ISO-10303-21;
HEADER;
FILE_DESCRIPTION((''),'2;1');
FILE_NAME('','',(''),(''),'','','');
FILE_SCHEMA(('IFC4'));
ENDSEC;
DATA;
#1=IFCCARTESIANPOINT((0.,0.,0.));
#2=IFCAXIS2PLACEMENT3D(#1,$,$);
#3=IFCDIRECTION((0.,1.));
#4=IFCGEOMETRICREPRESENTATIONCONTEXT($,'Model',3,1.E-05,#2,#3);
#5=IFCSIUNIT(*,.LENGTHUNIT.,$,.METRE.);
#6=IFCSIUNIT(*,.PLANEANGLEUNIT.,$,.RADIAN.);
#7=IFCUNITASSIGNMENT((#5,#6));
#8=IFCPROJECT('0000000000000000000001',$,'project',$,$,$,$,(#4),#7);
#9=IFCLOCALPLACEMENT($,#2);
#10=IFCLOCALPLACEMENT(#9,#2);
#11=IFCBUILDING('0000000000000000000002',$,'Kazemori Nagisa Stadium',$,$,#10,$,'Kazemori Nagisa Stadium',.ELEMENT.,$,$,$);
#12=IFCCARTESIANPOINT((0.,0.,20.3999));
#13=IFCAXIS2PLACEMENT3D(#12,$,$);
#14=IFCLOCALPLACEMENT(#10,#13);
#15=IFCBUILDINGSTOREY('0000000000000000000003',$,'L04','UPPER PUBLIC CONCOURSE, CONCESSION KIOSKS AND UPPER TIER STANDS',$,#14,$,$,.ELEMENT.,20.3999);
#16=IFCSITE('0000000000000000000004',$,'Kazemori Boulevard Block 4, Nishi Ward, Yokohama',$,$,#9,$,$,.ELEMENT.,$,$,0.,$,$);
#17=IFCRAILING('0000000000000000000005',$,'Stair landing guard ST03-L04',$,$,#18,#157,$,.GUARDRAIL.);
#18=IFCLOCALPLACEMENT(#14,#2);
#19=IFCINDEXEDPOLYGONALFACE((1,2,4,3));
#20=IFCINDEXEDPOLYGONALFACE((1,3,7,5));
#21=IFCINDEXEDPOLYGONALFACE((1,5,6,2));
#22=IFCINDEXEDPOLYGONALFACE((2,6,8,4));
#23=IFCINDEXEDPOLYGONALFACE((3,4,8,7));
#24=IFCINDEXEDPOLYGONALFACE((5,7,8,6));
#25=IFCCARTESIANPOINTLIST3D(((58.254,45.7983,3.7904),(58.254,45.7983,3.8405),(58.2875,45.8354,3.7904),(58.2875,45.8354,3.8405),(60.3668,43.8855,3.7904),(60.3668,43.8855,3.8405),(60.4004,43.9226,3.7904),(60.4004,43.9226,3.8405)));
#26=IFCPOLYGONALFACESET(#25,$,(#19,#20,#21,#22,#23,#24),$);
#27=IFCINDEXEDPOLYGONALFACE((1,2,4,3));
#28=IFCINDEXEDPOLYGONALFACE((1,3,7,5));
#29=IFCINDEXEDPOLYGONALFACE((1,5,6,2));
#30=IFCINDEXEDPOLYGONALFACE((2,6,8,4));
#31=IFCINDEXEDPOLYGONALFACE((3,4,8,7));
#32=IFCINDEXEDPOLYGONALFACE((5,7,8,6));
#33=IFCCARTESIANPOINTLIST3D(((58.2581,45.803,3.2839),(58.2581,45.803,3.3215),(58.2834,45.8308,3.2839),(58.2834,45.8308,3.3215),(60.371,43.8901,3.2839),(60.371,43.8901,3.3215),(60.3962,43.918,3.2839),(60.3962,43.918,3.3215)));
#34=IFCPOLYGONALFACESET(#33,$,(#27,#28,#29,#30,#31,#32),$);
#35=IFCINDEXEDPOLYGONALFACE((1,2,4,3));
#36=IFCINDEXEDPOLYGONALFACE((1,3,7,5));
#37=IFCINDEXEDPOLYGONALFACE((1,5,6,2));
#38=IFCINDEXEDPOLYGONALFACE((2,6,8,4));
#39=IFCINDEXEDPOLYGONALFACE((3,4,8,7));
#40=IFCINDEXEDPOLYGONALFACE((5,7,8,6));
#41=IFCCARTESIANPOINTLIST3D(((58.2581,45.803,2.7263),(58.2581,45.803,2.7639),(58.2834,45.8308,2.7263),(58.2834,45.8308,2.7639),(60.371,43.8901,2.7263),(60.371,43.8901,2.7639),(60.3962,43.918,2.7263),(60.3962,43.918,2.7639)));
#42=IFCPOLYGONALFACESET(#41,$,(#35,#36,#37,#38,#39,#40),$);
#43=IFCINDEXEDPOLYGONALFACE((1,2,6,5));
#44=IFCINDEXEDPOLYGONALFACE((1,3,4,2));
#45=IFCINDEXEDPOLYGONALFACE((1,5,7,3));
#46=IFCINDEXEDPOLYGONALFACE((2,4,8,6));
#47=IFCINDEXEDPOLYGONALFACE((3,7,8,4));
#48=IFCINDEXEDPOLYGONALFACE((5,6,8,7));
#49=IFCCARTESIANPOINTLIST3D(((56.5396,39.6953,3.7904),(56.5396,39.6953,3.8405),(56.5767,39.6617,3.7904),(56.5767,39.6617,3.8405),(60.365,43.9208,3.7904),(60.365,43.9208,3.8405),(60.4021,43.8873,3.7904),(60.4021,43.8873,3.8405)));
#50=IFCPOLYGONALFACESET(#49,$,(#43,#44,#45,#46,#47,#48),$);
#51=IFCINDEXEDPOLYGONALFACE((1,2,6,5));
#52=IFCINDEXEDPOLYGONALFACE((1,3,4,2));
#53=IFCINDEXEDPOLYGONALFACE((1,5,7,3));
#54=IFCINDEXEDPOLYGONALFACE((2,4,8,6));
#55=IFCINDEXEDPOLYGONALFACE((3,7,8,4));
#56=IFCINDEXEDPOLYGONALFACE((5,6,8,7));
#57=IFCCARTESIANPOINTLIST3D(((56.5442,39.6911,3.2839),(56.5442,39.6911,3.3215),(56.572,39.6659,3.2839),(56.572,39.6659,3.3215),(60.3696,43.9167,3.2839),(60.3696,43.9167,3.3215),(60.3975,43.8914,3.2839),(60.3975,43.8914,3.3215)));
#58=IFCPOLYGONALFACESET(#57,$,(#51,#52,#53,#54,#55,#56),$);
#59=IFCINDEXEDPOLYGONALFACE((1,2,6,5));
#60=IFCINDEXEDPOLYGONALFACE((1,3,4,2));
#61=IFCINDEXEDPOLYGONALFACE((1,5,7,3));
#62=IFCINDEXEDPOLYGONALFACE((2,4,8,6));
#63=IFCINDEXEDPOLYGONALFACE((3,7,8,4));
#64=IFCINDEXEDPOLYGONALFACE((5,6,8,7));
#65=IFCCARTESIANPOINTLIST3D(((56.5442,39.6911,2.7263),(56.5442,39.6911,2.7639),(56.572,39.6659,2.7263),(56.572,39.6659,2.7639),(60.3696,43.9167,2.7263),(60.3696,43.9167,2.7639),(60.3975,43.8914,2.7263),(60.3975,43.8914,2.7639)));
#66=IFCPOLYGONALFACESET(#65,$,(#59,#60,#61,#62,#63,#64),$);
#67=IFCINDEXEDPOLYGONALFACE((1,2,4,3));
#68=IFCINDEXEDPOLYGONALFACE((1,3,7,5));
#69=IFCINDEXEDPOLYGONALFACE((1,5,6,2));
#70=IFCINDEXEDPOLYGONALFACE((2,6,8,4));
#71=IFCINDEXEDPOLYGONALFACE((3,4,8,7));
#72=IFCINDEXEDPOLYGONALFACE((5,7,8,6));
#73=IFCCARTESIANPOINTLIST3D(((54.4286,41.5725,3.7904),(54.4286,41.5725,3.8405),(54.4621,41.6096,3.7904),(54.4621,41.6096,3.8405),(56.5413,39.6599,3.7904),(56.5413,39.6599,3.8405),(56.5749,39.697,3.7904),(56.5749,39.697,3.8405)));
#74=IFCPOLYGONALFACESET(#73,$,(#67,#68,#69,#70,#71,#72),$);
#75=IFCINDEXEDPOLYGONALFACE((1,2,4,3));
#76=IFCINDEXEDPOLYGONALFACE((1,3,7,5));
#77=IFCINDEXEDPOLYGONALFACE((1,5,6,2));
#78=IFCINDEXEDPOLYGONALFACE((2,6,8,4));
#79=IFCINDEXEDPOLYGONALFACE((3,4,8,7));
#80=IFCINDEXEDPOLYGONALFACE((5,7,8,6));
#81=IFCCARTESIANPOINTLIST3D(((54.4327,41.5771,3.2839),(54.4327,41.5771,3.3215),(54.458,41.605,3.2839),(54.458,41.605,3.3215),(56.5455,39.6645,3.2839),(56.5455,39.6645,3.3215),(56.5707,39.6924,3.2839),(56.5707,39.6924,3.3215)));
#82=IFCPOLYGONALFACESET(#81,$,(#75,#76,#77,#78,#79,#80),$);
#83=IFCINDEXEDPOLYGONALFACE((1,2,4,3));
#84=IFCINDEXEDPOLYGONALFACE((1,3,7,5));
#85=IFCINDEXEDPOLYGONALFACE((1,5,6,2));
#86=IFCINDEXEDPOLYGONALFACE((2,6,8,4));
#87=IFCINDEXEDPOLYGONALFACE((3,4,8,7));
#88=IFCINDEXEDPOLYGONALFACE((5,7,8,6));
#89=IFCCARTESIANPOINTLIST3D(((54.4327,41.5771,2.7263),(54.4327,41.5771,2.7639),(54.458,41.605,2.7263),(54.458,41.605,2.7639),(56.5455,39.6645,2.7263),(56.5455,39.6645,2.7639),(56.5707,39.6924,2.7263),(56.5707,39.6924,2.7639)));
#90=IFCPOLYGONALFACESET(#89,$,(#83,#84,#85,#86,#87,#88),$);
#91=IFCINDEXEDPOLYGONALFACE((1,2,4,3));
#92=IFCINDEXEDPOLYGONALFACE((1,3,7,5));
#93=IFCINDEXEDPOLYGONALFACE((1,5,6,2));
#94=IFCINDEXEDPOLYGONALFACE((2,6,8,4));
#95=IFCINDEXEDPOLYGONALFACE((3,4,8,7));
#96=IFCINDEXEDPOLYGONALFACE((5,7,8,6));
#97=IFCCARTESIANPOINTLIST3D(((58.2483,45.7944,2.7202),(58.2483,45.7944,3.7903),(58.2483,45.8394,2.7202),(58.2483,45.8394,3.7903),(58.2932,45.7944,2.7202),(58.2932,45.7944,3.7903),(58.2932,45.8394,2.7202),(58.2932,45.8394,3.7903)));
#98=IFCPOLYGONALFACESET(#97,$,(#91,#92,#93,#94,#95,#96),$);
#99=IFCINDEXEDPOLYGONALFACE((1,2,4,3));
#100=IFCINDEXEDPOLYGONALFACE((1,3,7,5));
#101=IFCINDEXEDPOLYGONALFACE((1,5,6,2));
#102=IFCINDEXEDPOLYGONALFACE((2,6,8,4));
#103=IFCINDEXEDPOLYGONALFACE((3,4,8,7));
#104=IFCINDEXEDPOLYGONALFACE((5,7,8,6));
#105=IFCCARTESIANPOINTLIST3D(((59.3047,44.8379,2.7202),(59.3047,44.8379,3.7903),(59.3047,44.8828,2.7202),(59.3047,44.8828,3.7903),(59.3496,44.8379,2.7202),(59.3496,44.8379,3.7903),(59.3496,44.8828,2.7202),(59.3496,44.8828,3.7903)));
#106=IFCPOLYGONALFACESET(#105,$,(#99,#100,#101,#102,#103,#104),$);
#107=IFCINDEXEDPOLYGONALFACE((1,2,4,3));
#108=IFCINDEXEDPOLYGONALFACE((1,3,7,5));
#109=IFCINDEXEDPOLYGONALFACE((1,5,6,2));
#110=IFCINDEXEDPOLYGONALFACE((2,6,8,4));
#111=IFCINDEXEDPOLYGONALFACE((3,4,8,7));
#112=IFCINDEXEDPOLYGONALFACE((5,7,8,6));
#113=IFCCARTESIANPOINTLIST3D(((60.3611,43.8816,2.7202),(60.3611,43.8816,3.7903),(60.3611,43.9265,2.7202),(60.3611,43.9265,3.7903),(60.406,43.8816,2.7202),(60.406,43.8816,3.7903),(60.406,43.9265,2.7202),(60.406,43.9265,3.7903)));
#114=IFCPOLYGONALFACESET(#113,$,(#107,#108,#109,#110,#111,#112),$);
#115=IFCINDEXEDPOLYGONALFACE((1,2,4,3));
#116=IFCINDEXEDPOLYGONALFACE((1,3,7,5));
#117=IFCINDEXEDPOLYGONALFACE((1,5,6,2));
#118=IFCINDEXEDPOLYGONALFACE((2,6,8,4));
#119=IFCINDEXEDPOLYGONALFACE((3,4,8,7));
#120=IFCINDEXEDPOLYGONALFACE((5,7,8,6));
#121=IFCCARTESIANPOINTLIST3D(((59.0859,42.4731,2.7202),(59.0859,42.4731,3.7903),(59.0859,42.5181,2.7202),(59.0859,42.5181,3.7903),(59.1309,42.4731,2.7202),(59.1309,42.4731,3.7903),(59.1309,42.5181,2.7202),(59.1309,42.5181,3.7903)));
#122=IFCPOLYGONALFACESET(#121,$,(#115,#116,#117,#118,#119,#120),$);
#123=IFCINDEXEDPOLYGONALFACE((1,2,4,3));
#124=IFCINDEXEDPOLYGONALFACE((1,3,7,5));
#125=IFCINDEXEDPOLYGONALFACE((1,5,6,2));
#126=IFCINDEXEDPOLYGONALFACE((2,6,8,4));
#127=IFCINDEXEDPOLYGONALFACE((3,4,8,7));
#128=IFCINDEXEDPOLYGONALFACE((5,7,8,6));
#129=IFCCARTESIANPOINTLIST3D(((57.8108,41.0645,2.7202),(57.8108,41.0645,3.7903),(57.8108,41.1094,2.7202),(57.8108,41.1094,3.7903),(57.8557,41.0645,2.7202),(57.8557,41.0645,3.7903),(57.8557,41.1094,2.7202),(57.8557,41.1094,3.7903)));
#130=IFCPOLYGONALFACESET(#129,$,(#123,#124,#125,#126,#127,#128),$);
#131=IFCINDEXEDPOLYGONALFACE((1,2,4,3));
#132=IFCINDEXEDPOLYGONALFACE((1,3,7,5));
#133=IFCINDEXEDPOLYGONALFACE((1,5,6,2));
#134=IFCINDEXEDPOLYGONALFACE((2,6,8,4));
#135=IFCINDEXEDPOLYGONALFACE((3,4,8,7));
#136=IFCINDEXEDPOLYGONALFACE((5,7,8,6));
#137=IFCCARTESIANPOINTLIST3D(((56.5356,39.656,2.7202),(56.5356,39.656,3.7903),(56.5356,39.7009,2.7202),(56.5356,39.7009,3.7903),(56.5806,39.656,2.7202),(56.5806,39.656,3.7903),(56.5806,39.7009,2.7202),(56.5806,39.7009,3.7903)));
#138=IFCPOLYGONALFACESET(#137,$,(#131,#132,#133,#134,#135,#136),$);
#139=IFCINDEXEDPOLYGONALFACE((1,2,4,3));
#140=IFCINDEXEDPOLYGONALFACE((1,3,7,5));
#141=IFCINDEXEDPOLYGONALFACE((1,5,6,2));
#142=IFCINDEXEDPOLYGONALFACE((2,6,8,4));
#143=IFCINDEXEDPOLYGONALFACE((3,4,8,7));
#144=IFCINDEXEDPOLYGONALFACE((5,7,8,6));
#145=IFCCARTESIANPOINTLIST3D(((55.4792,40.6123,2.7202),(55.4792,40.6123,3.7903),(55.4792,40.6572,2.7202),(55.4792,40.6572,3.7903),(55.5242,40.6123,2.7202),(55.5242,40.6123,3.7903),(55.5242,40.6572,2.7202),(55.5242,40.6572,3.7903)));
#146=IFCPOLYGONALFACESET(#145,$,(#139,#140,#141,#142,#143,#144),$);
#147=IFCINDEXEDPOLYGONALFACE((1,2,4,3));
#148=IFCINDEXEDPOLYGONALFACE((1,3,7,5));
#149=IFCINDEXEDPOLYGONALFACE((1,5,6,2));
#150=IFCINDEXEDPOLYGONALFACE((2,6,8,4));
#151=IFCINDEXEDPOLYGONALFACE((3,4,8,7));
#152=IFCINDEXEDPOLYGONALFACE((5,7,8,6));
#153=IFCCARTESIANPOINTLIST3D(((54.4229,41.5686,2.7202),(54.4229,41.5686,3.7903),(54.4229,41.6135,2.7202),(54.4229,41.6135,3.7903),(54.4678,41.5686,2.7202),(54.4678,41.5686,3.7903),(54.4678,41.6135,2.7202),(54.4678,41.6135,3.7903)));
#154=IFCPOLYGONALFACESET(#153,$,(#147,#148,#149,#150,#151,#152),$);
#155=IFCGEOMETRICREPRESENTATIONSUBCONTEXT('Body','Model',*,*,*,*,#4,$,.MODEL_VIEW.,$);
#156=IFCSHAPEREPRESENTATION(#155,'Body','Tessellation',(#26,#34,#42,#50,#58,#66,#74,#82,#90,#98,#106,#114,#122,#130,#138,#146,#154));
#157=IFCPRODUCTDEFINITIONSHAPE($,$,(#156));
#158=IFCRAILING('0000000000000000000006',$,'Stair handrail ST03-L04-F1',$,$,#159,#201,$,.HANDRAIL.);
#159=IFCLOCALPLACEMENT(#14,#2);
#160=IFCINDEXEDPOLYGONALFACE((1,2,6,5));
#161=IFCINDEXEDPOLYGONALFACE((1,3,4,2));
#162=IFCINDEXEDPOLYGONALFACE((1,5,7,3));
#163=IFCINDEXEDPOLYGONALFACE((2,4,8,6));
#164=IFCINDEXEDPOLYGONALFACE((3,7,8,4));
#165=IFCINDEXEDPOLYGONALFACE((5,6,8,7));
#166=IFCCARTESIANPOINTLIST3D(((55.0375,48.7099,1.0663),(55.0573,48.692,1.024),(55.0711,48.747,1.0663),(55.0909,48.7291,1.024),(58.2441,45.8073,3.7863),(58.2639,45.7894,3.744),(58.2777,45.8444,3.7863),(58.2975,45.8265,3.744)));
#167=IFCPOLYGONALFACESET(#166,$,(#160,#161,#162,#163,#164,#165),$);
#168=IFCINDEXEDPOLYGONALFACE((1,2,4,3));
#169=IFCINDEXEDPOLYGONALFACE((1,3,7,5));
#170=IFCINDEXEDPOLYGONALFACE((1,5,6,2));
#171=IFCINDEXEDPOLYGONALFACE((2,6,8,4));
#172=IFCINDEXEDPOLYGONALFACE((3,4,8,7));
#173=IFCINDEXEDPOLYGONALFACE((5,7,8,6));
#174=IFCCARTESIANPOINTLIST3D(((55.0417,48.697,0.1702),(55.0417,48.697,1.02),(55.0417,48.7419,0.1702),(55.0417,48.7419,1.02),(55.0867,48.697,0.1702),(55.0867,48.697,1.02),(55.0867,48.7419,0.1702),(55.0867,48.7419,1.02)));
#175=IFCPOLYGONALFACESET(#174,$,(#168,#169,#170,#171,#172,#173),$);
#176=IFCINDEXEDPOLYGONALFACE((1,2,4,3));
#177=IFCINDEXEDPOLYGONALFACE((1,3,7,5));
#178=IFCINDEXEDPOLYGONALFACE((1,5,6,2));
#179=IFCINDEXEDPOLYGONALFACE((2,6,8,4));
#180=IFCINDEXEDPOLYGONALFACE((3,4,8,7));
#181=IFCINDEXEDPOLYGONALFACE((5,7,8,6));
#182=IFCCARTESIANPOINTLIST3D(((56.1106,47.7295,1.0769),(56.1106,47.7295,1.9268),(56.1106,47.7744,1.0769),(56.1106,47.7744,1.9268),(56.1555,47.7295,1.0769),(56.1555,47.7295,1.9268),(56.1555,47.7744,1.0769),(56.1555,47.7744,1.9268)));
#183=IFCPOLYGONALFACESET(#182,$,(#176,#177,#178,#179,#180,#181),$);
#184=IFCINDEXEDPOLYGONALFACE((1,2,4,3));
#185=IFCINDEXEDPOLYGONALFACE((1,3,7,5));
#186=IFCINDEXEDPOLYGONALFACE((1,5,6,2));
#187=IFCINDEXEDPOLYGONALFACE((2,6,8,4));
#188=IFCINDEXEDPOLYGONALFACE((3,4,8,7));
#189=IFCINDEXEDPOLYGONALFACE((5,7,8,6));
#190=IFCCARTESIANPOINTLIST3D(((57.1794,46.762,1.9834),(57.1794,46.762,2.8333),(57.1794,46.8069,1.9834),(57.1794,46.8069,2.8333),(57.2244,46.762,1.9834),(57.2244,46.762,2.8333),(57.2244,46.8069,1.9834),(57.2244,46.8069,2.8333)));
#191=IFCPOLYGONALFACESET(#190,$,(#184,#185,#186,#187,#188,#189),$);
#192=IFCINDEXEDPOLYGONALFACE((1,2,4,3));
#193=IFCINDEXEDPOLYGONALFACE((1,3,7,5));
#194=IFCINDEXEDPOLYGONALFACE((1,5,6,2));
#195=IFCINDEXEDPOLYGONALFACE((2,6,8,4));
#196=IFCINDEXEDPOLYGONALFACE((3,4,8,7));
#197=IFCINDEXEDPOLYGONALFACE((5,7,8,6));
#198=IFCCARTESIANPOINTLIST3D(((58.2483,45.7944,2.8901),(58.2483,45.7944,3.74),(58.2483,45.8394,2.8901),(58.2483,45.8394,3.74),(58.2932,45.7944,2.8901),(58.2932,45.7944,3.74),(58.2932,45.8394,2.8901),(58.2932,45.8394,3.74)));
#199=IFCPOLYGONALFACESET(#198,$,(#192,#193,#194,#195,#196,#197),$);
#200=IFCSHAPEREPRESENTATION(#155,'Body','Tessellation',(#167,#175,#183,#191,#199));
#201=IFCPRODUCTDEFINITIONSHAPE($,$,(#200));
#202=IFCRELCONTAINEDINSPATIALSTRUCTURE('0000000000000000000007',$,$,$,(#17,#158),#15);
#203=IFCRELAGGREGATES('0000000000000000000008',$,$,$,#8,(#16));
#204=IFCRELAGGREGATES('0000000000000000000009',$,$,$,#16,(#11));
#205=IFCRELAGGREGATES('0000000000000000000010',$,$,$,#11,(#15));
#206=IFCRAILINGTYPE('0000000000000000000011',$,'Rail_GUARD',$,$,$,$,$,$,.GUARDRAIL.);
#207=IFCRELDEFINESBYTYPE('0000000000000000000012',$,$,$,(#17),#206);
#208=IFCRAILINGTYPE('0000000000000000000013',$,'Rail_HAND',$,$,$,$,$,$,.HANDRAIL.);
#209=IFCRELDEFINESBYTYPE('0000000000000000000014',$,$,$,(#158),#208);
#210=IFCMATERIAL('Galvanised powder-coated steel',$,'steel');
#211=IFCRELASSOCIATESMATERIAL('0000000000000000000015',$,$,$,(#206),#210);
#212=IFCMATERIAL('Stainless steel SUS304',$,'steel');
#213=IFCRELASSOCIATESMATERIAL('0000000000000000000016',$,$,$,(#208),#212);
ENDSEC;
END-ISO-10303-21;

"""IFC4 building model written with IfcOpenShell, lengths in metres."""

from ifc_helpers import new_model, si_unit, direction, frame, origin, origin_2d, place, context, subcontext, project, spatial, rectangle, extrude, material, type_object, element, save


model = new_model("IFC4")

# Units and contexts
model_context = context("Model", 3, precision=1e-05, world=origin(), true_north=direction((0.0, 1.0)))
body_context = subcontext(model_context, "Body", "Model", "MODEL_VIEW")
ifc_project = project(units=[si_unit("LENGTHUNIT", "METRE"), si_unit("PLANEANGLEUNIT", "RADIAN")], contexts=[model_context])

# Site, building, storey
site_placement = place(None, origin())
site = spatial("IfcSite", under=ifc_project, at=site_placement, Name="Kazemori Boulevard Block 4, Nishi Ward, Yokohama", CompositionType="ELEMENT", RefElevation=0.0)
building_placement = place(site_placement, origin())
building = spatial("IfcBuilding", under=site, at=building_placement, Name="Kazemori Nagisa Stadium", LongName="Kazemori Nagisa Stadium", CompositionType="ELEMENT")
storey_placement = place(building_placement, frame((0.0, 0.0, 20.3999)))
storey = spatial("IfcBuildingStorey", under=building, at=storey_placement, Name="L04", Description="UPPER PUBLIC CONCOURSE, CONCESSION KIOSKS AND UPPER TIER STANDS", CompositionType="ELEMENT", Elevation=20.3999)

# Shared definitions
ifc_material_1 = material(Name="Stainless steel SUS304", Category="steel")

# Railings
ifc_material_2 = material(Name="Galvanised powder-coated steel", Category="steel")
railing_type_1 = type_object("IfcRailingType", Name="Rail_GUARD", PredefinedType="GUARDRAIL", material=ifc_material_2)
railing_1_placement = place(storey_placement, frame((58.2708, 45.8169, 2.7202)))
element("IfcRailing", 1, at=railing_1_placement, inside=storey, type_object=railing_type_1, Name="Stair landing guard ST03-L04", PredefinedType="GUARDRAIL", context=body_context, shape_type="SweptSolid", body=[
    extrude(rectangle(XDim=0.05, YDim=0.05, at=origin_2d()), frame((0.0, 0.0, 1.0952), z_axis=(0.741315, -0.671158, 0.0), x_axis=(0.671158, 0.741315, 0.0)), (0.0, 0.0, 1.0), 2.8501),
    extrude(rectangle(XDim=0.0376, YDim=0.0376, at=origin_2d()), frame((0.0, 0.0, 0.5825), z_axis=(0.741315, -0.671158, 0.0), x_axis=(0.671158, 0.741315, 0.0)), (0.0, 0.0, 1.0), 2.8501),
    extrude(rectangle(XDim=0.0376, YDim=0.0376, at=origin_2d()), frame((0.0, 0.0, 0.0249), z_axis=(0.741315, -0.671158, 0.0), x_axis=(0.671158, 0.741315, 0.0)), (0.0, 0.0, 1.0), 2.8501),
    extrude(rectangle(XDim=0.05, YDim=0.05, at=origin_2d()), frame((2.1128, -1.9128, 1.0952), z_axis=(-0.671134, -0.741336, 0.0), x_axis=(0.741336, -0.671134, 0.0)), (0.0, 0.0, 1.0), 5.7),
    extrude(rectangle(XDim=0.0376, YDim=0.0376, at=origin_2d()), frame((2.1128, -1.9128, 0.5825), z_axis=(-0.671134, -0.741336, 0.0), x_axis=(0.741336, -0.671134, 0.0)), (0.0, 0.0, 1.0), 5.7),
    extrude(rectangle(XDim=0.0376, YDim=0.0376, at=origin_2d()), frame((2.1128, -1.9128, 0.0249), z_axis=(-0.671134, -0.741336, 0.0), x_axis=(0.741336, -0.671134, 0.0)), (0.0, 0.0, 1.0), 5.7),
    extrude(rectangle(XDim=0.05, YDim=0.05, at=origin_2d()), frame((-1.7126, -6.1384, 1.0952), z_axis=(-0.741357, 0.671111, 0.0), x_axis=(-0.671111, -0.741357, 0.0)), (0.0, 0.0, 1.0), 2.8499),
    extrude(rectangle(XDim=0.0376, YDim=0.0376, at=origin_2d()), frame((-1.7126, -6.1384, 0.5825), z_axis=(-0.741357, 0.671111, 0.0), x_axis=(-0.671111, -0.741357, 0.0)), (0.0, 0.0, 1.0), 2.8499),
    extrude(rectangle(XDim=0.0376, YDim=0.0376, at=origin_2d()), frame((-1.7126, -6.1384, 0.0249), z_axis=(-0.741357, 0.671111, 0.0), x_axis=(-0.671111, -0.741357, 0.0)), (0.0, 0.0, 1.0), 2.8499),
    extrude(rectangle(XDim=0.0449, YDim=0.0449, at=origin_2d()), origin(), (0.0, 0.0, 1.0), 1.0701),
    extrude(rectangle(XDim=0.0449, YDim=0.0449, at=origin_2d()), frame((1.0564, -0.9565, 0.0)), (0.0, 0.0, 1.0), 1.0701),
    extrude(rectangle(XDim=0.0449, YDim=0.0449, at=origin_2d()), frame((2.1128, -1.9128, 0.0)), (0.0, 0.0, 1.0), 1.0701),
    extrude(rectangle(XDim=0.0449, YDim=0.0449, at=origin_2d()), frame((0.8376, -3.3213, 0.0)), (0.0, 0.0, 1.0), 1.0701),
    extrude(rectangle(XDim=0.0449, YDim=0.0449, at=origin_2d()), frame((-0.4375, -4.73, 0.0)), (0.0, 0.0, 1.0), 1.0701),
    extrude(rectangle(XDim=0.0449, YDim=0.0449, at=origin_2d()), frame((-1.7126, -6.1384, 0.0)), (0.0, 0.0, 1.0), 1.0701),
    extrude(rectangle(XDim=0.0449, YDim=0.0449, at=origin_2d()), frame((-2.769, -5.1821, 0.0)), (0.0, 0.0, 1.0), 1.0701),
    extrude(rectangle(XDim=0.0449, YDim=0.0449, at=origin_2d()), frame((-3.8254, -4.2258, 0.0)), (0.0, 0.0, 1.0), 1.0701),
])
railing_type_2 = type_object("IfcRailingType", Name="Rail_HAND", PredefinedType="HANDRAIL", material=ifc_material_1)
railing_2_placement = place(storey_placement, frame((55.0642, 48.7195, 0.1702)))
element("IfcRailing", 2, at=railing_2_placement, inside=storey, type_object=railing_type_2, Name="Stair handrail ST03-L04-F1", PredefinedType="HANDRAIL", context=body_context, shape_type="SweptSolid", body=[
    extrude(rectangle(XDim=0.05, YDim=0.05, at=origin_2d()), frame((0.0, 0.0, 0.875), z_axis=(0.627587, -0.568096, 0.532354), x_axis=(0.671095, 0.741371, 0.0)), (0.0, 0.0, 1.0), 5.1094),
    extrude(rectangle(XDim=0.0449, YDim=0.0449, at=origin_2d()), origin(), (0.0, 0.0, 1.0), 0.8499),
    extrude(rectangle(XDim=0.0449, YDim=0.0449, at=origin_2d()), frame((1.0688, -0.9675, 0.9067)), (0.0, 0.0, 1.0), 0.8499),
    extrude(rectangle(XDim=0.0449, YDim=0.0449, at=origin_2d()), frame((2.1377, -1.9351, 1.8132)), (0.0, 0.0, 1.0), 0.8499),
    extrude(rectangle(XDim=0.0449, YDim=0.0449, at=origin_2d()), frame((3.2065, -2.9026, 2.72)), (0.0, 0.0, 1.0), 0.8499),
])

save(model, "model.ifc")
